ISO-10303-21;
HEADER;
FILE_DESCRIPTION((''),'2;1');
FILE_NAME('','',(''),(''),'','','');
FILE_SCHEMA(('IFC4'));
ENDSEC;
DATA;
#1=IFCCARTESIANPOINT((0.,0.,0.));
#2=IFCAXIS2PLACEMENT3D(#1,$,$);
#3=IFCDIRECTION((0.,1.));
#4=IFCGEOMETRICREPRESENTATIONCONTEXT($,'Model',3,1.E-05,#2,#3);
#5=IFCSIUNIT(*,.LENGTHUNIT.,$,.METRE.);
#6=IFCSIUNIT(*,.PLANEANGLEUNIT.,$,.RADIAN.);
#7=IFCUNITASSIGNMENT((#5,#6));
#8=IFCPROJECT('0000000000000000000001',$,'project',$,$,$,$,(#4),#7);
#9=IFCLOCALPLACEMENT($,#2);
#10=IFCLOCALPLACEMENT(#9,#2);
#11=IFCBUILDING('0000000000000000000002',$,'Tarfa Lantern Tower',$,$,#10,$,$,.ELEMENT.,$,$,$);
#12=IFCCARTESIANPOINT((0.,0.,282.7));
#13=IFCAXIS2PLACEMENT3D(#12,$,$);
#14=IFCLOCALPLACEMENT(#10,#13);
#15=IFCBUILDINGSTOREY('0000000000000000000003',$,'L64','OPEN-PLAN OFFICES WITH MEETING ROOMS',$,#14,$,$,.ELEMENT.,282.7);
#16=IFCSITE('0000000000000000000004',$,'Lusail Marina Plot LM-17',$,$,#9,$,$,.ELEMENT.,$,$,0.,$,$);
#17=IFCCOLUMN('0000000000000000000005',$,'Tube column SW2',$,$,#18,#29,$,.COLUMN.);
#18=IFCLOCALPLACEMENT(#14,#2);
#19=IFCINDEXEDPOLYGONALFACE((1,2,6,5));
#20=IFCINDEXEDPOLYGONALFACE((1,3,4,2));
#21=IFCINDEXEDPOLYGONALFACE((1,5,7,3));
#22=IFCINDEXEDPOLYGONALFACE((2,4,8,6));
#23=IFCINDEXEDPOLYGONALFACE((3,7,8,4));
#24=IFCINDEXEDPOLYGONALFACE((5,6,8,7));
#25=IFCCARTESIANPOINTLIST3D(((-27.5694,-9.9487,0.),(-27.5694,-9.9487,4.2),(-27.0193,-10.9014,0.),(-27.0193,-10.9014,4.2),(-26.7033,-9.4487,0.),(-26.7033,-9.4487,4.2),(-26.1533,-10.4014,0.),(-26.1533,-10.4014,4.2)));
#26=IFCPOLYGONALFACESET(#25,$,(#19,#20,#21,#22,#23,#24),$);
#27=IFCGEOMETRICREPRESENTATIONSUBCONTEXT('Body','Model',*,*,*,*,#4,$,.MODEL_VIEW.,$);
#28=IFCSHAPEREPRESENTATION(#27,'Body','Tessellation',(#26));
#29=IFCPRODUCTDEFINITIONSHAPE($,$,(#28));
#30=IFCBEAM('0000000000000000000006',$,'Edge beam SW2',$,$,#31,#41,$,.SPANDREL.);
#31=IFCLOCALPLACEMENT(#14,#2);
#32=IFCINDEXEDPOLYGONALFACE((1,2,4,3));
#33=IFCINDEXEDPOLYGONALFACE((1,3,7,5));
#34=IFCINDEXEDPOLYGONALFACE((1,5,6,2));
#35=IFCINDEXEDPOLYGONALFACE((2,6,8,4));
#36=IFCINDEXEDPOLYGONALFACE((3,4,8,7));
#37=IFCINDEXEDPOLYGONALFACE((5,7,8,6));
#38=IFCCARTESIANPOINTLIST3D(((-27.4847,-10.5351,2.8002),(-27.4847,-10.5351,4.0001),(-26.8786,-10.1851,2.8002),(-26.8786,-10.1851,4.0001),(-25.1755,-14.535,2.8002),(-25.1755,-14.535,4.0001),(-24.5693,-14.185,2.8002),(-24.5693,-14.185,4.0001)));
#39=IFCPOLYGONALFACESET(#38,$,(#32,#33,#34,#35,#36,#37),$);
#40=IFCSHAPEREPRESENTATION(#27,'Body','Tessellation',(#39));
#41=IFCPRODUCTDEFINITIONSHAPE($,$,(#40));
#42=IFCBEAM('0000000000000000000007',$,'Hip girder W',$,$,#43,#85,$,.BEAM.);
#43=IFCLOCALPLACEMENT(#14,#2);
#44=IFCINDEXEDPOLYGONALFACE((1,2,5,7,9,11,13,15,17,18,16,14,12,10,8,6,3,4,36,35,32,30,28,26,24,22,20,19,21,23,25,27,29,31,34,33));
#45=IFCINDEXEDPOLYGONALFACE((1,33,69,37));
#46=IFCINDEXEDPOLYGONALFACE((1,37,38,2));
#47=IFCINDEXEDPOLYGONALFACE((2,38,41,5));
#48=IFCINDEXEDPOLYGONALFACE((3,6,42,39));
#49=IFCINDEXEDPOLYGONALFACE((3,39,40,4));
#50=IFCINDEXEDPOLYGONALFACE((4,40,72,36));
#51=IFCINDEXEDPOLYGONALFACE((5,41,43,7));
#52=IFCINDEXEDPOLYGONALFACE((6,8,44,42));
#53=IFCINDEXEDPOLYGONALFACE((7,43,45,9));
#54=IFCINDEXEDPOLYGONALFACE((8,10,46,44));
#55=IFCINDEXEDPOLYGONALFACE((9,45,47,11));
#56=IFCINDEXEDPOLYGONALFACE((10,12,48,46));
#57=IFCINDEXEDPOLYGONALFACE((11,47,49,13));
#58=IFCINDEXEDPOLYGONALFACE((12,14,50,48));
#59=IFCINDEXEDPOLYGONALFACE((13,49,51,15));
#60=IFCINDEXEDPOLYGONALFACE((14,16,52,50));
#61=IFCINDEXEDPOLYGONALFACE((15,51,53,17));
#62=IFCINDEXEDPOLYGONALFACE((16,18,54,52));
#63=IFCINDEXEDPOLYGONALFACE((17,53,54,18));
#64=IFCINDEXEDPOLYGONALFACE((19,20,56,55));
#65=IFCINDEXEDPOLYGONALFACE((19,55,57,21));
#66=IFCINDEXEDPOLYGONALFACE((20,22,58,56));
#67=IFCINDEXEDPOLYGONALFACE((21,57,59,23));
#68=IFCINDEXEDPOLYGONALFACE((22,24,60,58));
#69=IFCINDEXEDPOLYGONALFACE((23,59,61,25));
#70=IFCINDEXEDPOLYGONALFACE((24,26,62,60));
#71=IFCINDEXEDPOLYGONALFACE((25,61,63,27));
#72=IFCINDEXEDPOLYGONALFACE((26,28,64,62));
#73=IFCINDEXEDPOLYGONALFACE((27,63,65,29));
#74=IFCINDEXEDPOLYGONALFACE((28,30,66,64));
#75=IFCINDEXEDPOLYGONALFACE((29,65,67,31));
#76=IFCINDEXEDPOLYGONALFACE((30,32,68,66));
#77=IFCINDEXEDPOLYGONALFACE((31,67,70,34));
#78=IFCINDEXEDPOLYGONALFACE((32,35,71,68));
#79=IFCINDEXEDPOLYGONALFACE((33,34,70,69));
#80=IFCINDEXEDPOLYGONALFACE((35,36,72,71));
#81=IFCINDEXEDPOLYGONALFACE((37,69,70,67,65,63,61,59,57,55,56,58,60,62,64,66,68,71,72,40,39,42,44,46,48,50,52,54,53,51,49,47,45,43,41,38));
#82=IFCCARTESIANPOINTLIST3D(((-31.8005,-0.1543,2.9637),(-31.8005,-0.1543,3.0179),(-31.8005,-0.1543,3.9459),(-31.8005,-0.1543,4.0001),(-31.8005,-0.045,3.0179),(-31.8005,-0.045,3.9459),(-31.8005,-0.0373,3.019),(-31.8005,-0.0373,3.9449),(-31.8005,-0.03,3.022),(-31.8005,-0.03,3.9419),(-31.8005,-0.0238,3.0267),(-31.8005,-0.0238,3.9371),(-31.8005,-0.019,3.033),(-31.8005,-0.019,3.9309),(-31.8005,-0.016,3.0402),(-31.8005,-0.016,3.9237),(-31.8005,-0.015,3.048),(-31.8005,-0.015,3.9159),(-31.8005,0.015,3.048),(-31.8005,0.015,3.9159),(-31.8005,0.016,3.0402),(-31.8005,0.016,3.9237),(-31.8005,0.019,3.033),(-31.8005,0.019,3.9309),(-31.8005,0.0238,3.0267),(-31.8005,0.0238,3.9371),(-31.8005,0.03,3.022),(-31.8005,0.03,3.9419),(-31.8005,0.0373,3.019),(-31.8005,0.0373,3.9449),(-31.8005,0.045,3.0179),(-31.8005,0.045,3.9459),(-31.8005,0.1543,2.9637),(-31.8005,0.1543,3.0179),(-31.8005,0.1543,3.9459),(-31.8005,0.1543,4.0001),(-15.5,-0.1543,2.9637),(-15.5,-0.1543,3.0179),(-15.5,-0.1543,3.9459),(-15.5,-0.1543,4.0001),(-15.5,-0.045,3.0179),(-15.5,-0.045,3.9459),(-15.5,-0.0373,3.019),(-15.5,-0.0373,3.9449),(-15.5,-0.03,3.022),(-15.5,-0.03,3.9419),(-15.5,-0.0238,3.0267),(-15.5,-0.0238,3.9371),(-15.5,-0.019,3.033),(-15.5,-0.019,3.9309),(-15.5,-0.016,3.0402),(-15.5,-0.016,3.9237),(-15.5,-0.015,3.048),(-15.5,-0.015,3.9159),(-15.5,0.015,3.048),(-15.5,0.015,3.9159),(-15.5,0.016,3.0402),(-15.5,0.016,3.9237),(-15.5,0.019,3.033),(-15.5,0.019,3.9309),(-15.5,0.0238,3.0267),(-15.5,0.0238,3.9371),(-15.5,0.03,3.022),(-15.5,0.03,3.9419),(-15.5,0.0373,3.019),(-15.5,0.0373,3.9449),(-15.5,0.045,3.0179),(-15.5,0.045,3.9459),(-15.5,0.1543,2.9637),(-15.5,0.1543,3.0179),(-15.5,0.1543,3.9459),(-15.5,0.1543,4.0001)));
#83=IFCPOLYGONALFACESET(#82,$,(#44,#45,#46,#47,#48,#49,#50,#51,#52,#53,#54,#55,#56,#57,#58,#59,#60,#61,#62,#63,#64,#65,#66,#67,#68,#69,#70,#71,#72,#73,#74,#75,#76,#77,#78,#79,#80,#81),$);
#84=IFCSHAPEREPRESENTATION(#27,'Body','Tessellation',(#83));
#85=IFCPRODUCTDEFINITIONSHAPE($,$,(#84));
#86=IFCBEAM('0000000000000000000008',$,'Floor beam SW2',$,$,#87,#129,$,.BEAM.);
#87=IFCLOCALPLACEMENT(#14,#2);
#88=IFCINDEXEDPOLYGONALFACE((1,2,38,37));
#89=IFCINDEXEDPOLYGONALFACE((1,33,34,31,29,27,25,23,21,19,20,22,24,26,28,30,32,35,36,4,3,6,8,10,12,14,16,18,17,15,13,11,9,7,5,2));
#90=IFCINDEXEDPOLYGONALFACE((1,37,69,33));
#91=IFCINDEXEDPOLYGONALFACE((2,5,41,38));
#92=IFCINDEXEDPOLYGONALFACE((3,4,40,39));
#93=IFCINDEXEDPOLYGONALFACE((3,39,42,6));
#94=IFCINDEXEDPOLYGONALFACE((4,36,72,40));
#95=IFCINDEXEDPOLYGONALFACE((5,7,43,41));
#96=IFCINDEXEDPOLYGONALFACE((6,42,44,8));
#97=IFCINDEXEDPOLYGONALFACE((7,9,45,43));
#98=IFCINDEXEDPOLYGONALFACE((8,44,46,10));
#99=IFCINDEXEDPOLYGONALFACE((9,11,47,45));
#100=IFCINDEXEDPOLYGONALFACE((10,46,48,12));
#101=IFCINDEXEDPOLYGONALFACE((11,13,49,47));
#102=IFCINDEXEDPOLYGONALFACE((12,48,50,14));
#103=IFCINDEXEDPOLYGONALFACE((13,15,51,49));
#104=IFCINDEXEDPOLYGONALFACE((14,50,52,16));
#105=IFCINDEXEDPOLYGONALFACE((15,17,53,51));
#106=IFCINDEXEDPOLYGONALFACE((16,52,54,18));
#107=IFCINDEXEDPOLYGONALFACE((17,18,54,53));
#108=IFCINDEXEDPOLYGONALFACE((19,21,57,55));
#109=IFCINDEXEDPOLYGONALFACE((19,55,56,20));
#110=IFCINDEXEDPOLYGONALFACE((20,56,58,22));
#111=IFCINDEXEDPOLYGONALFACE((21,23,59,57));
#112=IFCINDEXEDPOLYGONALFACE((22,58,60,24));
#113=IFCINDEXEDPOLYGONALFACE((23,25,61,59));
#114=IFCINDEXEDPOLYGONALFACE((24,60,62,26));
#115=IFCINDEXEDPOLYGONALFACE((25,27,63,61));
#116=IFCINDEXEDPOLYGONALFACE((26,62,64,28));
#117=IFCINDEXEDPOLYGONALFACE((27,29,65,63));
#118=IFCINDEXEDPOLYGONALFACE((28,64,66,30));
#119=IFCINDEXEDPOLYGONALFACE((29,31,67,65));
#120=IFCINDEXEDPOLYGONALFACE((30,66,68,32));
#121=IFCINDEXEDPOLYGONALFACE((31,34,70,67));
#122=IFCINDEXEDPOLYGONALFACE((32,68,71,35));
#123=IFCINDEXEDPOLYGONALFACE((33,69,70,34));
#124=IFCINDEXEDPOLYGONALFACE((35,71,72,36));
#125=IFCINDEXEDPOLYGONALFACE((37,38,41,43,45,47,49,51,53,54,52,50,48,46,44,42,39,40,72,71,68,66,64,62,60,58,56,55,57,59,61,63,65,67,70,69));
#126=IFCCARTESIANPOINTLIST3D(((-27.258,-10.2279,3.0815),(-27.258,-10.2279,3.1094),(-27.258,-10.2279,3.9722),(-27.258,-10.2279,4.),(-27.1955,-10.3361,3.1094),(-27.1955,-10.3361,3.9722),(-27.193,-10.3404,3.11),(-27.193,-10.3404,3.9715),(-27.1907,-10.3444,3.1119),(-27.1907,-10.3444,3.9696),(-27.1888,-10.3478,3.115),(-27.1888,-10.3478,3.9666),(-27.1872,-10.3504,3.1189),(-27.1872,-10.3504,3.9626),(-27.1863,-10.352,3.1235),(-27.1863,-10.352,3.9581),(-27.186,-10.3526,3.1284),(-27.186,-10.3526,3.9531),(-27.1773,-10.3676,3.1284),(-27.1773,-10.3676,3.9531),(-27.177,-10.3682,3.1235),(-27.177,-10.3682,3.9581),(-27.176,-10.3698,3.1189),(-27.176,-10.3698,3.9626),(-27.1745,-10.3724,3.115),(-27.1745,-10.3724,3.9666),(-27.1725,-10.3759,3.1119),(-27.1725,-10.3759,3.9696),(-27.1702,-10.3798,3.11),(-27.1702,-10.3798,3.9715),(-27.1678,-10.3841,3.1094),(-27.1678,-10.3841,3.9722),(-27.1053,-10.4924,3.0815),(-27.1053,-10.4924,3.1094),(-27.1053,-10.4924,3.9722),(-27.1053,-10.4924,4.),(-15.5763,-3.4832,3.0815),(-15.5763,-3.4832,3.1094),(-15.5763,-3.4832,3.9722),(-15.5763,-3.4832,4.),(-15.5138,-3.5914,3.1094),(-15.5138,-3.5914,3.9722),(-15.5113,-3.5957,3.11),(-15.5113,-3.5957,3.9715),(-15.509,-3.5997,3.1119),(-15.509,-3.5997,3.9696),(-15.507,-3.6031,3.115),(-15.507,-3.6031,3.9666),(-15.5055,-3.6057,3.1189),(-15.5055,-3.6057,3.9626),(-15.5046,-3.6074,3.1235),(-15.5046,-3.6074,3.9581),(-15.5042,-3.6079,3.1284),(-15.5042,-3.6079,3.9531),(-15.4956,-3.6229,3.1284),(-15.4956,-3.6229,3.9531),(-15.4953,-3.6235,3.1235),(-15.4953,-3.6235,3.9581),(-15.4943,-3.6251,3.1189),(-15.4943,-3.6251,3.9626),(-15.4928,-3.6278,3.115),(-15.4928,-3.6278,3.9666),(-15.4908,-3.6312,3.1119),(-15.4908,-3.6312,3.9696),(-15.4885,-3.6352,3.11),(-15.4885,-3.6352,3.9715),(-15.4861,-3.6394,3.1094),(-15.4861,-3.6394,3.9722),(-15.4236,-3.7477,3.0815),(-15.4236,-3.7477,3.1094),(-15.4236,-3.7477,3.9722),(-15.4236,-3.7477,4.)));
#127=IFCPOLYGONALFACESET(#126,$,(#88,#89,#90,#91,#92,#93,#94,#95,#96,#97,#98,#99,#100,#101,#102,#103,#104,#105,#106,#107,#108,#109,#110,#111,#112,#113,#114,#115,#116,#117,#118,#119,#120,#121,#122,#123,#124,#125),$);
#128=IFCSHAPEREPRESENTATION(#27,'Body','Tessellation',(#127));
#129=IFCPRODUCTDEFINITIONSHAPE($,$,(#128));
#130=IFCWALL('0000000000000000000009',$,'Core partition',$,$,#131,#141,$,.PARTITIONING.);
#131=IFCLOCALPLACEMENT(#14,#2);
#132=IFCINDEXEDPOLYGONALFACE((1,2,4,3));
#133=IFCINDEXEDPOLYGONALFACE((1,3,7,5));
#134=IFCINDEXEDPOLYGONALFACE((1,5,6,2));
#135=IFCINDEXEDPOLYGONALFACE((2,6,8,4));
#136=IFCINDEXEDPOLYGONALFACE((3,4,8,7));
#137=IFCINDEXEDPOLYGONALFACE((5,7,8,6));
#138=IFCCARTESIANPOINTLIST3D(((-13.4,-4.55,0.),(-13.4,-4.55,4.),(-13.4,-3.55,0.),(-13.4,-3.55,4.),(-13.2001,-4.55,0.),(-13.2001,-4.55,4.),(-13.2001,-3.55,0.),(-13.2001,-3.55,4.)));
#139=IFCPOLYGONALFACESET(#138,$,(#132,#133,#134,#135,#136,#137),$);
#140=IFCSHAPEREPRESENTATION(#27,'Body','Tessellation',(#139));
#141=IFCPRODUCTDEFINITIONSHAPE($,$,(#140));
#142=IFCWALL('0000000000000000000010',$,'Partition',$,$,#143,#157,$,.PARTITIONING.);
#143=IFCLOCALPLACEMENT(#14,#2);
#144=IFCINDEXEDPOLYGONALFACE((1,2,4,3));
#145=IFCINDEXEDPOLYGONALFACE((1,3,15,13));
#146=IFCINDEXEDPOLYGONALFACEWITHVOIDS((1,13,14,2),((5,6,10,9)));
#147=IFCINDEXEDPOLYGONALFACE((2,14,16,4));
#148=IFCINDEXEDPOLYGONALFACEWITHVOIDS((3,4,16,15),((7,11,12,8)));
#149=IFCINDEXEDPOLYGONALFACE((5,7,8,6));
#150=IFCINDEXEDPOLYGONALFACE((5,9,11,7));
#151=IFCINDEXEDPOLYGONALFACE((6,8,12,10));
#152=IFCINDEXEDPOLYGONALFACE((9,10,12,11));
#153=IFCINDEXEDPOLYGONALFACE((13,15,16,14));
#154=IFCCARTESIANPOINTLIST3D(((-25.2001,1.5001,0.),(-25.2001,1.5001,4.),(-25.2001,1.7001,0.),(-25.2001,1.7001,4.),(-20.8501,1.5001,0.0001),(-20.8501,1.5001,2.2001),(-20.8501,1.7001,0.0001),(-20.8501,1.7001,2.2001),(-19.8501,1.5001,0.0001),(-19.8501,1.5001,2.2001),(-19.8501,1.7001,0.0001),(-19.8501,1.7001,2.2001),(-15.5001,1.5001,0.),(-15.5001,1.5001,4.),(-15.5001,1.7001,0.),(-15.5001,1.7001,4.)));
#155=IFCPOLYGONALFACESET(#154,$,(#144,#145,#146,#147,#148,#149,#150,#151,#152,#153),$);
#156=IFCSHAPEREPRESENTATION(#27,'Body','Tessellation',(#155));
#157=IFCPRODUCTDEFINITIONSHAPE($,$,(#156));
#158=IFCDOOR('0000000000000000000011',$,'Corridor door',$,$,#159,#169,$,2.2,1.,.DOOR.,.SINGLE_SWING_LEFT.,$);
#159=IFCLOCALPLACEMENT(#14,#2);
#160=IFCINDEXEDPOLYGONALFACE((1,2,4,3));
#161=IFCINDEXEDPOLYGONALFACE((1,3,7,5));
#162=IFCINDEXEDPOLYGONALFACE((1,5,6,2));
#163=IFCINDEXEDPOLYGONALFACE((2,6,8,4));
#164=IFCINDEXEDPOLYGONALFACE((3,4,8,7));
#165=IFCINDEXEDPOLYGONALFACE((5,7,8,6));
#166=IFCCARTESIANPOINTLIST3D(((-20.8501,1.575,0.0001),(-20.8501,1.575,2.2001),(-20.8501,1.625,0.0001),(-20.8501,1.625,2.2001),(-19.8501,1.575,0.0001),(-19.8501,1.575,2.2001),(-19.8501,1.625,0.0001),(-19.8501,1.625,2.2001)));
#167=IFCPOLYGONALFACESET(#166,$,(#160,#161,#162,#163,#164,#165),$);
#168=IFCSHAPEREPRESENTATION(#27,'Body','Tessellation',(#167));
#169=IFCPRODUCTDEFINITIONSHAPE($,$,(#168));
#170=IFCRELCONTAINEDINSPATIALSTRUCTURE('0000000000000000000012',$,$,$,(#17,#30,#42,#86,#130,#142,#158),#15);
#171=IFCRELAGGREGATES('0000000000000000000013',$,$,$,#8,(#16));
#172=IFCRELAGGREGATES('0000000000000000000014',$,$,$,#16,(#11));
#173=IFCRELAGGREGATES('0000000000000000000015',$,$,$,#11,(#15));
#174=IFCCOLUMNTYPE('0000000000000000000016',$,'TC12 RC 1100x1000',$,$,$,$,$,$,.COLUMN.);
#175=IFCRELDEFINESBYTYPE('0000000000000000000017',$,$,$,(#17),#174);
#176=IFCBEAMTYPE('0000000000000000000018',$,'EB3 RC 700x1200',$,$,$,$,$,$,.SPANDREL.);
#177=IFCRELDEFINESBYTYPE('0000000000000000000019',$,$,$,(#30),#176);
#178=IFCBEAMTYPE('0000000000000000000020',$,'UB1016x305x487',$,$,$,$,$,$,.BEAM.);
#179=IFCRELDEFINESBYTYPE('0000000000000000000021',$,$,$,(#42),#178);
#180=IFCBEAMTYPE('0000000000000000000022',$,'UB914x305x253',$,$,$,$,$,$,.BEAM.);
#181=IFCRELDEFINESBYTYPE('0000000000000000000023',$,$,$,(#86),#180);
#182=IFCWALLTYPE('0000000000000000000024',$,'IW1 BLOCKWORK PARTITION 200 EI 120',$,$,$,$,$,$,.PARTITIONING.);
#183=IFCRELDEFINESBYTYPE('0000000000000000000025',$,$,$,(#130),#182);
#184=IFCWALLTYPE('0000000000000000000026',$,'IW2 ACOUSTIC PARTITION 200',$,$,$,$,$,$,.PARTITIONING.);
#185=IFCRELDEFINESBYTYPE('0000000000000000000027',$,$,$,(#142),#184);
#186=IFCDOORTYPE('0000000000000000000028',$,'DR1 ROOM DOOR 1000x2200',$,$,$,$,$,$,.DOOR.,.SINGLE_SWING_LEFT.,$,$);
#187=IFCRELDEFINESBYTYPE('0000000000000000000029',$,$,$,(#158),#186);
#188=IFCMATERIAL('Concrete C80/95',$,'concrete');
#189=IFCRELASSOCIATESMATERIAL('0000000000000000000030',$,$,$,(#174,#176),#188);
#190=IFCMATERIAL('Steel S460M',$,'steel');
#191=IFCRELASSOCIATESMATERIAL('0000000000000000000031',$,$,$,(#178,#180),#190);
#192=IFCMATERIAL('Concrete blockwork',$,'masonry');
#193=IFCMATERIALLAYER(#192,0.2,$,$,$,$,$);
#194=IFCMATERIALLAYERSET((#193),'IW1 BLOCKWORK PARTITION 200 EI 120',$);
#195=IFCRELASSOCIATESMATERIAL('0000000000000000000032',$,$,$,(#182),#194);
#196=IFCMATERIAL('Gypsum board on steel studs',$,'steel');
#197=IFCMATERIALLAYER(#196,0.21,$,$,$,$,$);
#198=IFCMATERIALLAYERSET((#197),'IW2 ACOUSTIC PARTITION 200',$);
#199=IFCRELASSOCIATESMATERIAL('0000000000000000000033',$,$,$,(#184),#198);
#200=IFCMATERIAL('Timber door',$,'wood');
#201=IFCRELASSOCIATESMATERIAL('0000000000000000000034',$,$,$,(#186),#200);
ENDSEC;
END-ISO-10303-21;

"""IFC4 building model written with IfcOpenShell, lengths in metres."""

from ifc_helpers import new_model, si_unit, direction, frame, frame_2d, origin, origin_2d, place, context, subcontext, project, spatial, rectangle, i_section, extrude, material, layer, layer_set, material_profile, profile_set, type_object, element, fill, save


model = new_model("IFC4")

# Units and contexts
model_context = context("Model", 3, precision=1e-05, world=origin(), true_north=direction((0.0, 1.0)))
body_context = subcontext(model_context, "Body", "Model", "MODEL_VIEW")
ifc_project = project(units=[si_unit("LENGTHUNIT", "METRE"), si_unit("PLANEANGLEUNIT", "RADIAN")], contexts=[model_context])

# Site, building, storey
site_placement = place(None, origin())
site = spatial("IfcSite", under=ifc_project, at=site_placement, Name="Lusail Marina Plot LM-17", CompositionType="ELEMENT", RefElevation=0.0)
building_placement = place(site_placement, origin())
building = spatial("IfcBuilding", under=site, at=building_placement, Name="Tarfa Lantern Tower", CompositionType="ELEMENT")
storey_placement = place(building_placement, frame((0.0, 0.0, 282.7)))
storey = spatial("IfcBuildingStorey", under=building, at=storey_placement, Name="L64", Description="OPEN-PLAN OFFICES WITH MEETING ROOMS", CompositionType="ELEMENT", Elevation=282.7)

# Column
ifc_material_1 = material(Name="Concrete C80/95", Category="concrete")
ifc_material_profile_1 = material_profile(ifc_material_1, rectangle(XDim=1.1001, YDim=1.0, at=origin_2d()), Name="RC 1100x1000")
ifc_profile_set_1 = profile_set([ifc_material_profile_1], Name="Concrete C80/95")
column_type = type_object("IfcColumnType", Name="TC12 RC 1100x1000", PredefinedType="COLUMN", material=ifc_profile_set_1)
column_placement = place(storey_placement, frame((-26.8613, -10.175, 0.0), z_axis=(0.0, 0.0, 1.0), x_axis=(0.5, -0.866025, 0.0)))
element("IfcColumn", 1, at=column_placement, inside=storey, type_object=column_type, Name="Tube column SW2", PredefinedType="COLUMN", context=body_context, shape_type="SweptSolid", body=[
    extrude(rectangle(XDim=1.1001, YDim=1.0, at=origin_2d()), origin(), (0.0, 0.0, 1.0), 4.2),
])

# Beams
ifc_material_profile_2 = material_profile(ifc_material_1, rectangle(XDim=0.7, YDim=1.2, at=origin_2d()), Name="RC 700x1200")
ifc_profile_set_2 = profile_set([ifc_material_profile_2], Name="Concrete C80/95")
beam_type_1 = type_object("IfcBeamType", Name="EB3 RC 700x1200", PredefinedType="SPANDREL", material=ifc_profile_set_2)
beam_1_placement = place(storey_placement, frame((-27.1816, -10.3601, 3.4001), z_axis=(0.499988, -0.866032, 0.0), x_axis=(0.866032, 0.499988, 0.0)))
element("IfcBeam", 2, at=beam_1_placement, inside=storey, type_object=beam_type_1, Name="Edge beam SW2", PredefinedType="SPANDREL", context=body_context, shape_type="SweptSolid", body=[
    extrude(rectangle(XDim=0.7, YDim=1.2, at=origin_2d()), origin(), (0.0, 0.0, 1.0), 4.6187),
])
ifc_material_2 = material(Name="Steel S460M", Category="steel")
ifc_material_profile_3 = material_profile(ifc_material_2, i_section(OverallWidth=0.3086, OverallDepth=1.0364, WebThickness=0.03, FlangeThickness=0.0542, FilletRadius=0.03, at=origin_2d()), Name="UB1016x305x487")
ifc_profile_set_3 = profile_set([ifc_material_profile_3], Name="Steel S460M")
beam_type_2 = type_object("IfcBeamType", Name="UB1016x305x487", PredefinedType="BEAM", material=ifc_profile_set_3)
beam_2_placement = place(storey_placement, frame((-15.5, 0.0, 3.4819), z_axis=(-1.0, 0.0, 0.0), x_axis=(0.0, -1.0, 0.0)))
element("IfcBeam", 3, at=beam_2_placement, inside=storey, type_object=beam_type_2, Name="Hip girder W", PredefinedType="BEAM", context=body_context, shape_type="SweptSolid", body=[
    extrude(i_section(OverallWidth=0.3086, OverallDepth=1.0364, WebThickness=0.03, FlangeThickness=0.0542, FilletRadius=0.03, at=origin_2d()), origin(), (0.0, 0.0, 1.0), 16.3005),
])
ifc_material_profile_4 = material_profile(ifc_material_2, i_section(OverallWidth=0.3054, OverallDepth=0.9185, WebThickness=0.0173, FlangeThickness=0.0278, FilletRadius=0.019, at=origin_2d()), Name="UB914x305x253")
ifc_profile_set_4 = profile_set([ifc_material_profile_4], Name="Steel S460M")
beam_type_3 = type_object("IfcBeamType", Name="UB914x305x253", PredefinedType="BEAM", material=ifc_profile_set_4)
beam_3_placement = place(storey_placement, frame((-27.1816, -10.3601, 3.5408), z_axis=(0.866018, 0.500013, 0.0), x_axis=(-0.500013, 0.866018, 0.0)))
element("IfcBeam", 4, at=beam_3_placement, inside=storey, type_object=beam_type_3, Name="Floor beam SW2", PredefinedType="BEAM", context=body_context, shape_type="SweptSolid", body=[
    extrude(i_section(OverallWidth=0.3054, OverallDepth=0.9185, WebThickness=0.0173, FlangeThickness=0.0278, FilletRadius=0.019, at=origin_2d()), origin(), (0.0, 0.0, 1.0), 13.489),
])

# Wall
ifc_material_3 = material(Name="Concrete blockwork", Category="masonry")
ifc_layer_1 = layer(ifc_material_3, 0.2)
ifc_layer_set_1 = layer_set([ifc_layer_1], Name="IW1 BLOCKWORK PARTITION 200 EI 120")
wall_type_1 = type_object("IfcWallType", Name="IW1 BLOCKWORK PARTITION 200 EI 120", PredefinedType="PARTITIONING", material=ifc_layer_set_1)
wall_1_placement = place(storey_placement, frame((-13.3, -3.55, 0.0), z_axis=(0.0, 0.0, 1.0), x_axis=(0.0, -1.0, 0.0)))
element("IfcWall", 5, at=wall_1_placement, inside=storey, type_object=wall_type_1, Name="Core partition", PredefinedType="PARTITIONING", context=body_context, shape_type="SweptSolid", body=[
    extrude(rectangle(XDim=1.0, YDim=0.2, at=frame_2d((0.5, 0.0))), origin(), (0.0, 0.0, 1.0), 4.0),
])

# Wall, opening, door
ifc_material_4 = material(Name="Gypsum board on steel studs", Category="steel")
ifc_layer_2 = layer(ifc_material_4, 0.21)
ifc_layer_set_2 = layer_set([ifc_layer_2], Name="IW2 ACOUSTIC PARTITION 200")
wall_type_2 = type_object("IfcWallType", Name="IW2 ACOUSTIC PARTITION 200", PredefinedType="PARTITIONING", material=ifc_layer_set_2)
wall_2_placement = place(storey_placement, frame((-15.5, 1.6001, 0.0), z_axis=(0.0, 0.0, 1.0), x_axis=(-1.0, 0.0, 0.0)))
wall_2 = element("IfcWall", 6, at=wall_2_placement, inside=storey, type_object=wall_type_2, Name="Partition", PredefinedType="PARTITIONING", context=body_context, shape_type="SweptSolid", body=[
    extrude(rectangle(XDim=9.7, YDim=0.2, at=frame_2d((4.8501, 0.0))), origin(), (0.0, 0.0, 1.0), 4.0),
])
opening_1_placement = place(wall_2_placement, frame((4.3501, 0.0, 0.0)))
opening_1 = element("IfcOpeningElement", 7, at=opening_1_placement, cuts=wall_2, PredefinedType="OPENING", context=body_context, shape_type="SweptSolid", body=[
    extrude(rectangle(XDim=1.0, YDim=2.2, at=frame_2d((0.5, 1.1001))), frame((0.0, 0.1099, 0.0), z_axis=(0.0, -1.0, 0.0), x_axis=(1.0, 0.0, 0.0)), (0.0, 0.0, 1.0), 0.22),
])
ifc_material_5 = material(Name="Timber door", Category="wood")
door_type_1 = type_object("IfcDoorType", Name="DR1 ROOM DOOR 1000x2200", OperationType="SINGLE_SWING_LEFT", PredefinedType="DOOR", material=ifc_material_5)
door_1_placement = place(opening_1_placement, frame((1.0, 0.0, 0.0), z_axis=(0.0, 0.0, 1.0), x_axis=(-1.0, 0.0, 0.0)))
door_1 = element("IfcDoor", 8, at=door_1_placement, inside=storey, type_object=door_type_1, Name="Corridor door", OperationType="SINGLE_SWING_LEFT", OverallHeight=2.2, OverallWidth=1.0, PredefinedType="DOOR", context=body_context, shape_type="SweptSolid", body=[
    extrude(rectangle(XDim=1.0, YDim=2.2, at=frame_2d((0.5, 1.1001))), frame((0.0, 0.0249, 0.0), z_axis=(0.0, -1.0, 0.0), x_axis=(1.0, 0.0, 0.0)), (0.0, 0.0, 1.0), 0.05),
])
fill(opening_1, door_1)

save(model, "model.ifc")
